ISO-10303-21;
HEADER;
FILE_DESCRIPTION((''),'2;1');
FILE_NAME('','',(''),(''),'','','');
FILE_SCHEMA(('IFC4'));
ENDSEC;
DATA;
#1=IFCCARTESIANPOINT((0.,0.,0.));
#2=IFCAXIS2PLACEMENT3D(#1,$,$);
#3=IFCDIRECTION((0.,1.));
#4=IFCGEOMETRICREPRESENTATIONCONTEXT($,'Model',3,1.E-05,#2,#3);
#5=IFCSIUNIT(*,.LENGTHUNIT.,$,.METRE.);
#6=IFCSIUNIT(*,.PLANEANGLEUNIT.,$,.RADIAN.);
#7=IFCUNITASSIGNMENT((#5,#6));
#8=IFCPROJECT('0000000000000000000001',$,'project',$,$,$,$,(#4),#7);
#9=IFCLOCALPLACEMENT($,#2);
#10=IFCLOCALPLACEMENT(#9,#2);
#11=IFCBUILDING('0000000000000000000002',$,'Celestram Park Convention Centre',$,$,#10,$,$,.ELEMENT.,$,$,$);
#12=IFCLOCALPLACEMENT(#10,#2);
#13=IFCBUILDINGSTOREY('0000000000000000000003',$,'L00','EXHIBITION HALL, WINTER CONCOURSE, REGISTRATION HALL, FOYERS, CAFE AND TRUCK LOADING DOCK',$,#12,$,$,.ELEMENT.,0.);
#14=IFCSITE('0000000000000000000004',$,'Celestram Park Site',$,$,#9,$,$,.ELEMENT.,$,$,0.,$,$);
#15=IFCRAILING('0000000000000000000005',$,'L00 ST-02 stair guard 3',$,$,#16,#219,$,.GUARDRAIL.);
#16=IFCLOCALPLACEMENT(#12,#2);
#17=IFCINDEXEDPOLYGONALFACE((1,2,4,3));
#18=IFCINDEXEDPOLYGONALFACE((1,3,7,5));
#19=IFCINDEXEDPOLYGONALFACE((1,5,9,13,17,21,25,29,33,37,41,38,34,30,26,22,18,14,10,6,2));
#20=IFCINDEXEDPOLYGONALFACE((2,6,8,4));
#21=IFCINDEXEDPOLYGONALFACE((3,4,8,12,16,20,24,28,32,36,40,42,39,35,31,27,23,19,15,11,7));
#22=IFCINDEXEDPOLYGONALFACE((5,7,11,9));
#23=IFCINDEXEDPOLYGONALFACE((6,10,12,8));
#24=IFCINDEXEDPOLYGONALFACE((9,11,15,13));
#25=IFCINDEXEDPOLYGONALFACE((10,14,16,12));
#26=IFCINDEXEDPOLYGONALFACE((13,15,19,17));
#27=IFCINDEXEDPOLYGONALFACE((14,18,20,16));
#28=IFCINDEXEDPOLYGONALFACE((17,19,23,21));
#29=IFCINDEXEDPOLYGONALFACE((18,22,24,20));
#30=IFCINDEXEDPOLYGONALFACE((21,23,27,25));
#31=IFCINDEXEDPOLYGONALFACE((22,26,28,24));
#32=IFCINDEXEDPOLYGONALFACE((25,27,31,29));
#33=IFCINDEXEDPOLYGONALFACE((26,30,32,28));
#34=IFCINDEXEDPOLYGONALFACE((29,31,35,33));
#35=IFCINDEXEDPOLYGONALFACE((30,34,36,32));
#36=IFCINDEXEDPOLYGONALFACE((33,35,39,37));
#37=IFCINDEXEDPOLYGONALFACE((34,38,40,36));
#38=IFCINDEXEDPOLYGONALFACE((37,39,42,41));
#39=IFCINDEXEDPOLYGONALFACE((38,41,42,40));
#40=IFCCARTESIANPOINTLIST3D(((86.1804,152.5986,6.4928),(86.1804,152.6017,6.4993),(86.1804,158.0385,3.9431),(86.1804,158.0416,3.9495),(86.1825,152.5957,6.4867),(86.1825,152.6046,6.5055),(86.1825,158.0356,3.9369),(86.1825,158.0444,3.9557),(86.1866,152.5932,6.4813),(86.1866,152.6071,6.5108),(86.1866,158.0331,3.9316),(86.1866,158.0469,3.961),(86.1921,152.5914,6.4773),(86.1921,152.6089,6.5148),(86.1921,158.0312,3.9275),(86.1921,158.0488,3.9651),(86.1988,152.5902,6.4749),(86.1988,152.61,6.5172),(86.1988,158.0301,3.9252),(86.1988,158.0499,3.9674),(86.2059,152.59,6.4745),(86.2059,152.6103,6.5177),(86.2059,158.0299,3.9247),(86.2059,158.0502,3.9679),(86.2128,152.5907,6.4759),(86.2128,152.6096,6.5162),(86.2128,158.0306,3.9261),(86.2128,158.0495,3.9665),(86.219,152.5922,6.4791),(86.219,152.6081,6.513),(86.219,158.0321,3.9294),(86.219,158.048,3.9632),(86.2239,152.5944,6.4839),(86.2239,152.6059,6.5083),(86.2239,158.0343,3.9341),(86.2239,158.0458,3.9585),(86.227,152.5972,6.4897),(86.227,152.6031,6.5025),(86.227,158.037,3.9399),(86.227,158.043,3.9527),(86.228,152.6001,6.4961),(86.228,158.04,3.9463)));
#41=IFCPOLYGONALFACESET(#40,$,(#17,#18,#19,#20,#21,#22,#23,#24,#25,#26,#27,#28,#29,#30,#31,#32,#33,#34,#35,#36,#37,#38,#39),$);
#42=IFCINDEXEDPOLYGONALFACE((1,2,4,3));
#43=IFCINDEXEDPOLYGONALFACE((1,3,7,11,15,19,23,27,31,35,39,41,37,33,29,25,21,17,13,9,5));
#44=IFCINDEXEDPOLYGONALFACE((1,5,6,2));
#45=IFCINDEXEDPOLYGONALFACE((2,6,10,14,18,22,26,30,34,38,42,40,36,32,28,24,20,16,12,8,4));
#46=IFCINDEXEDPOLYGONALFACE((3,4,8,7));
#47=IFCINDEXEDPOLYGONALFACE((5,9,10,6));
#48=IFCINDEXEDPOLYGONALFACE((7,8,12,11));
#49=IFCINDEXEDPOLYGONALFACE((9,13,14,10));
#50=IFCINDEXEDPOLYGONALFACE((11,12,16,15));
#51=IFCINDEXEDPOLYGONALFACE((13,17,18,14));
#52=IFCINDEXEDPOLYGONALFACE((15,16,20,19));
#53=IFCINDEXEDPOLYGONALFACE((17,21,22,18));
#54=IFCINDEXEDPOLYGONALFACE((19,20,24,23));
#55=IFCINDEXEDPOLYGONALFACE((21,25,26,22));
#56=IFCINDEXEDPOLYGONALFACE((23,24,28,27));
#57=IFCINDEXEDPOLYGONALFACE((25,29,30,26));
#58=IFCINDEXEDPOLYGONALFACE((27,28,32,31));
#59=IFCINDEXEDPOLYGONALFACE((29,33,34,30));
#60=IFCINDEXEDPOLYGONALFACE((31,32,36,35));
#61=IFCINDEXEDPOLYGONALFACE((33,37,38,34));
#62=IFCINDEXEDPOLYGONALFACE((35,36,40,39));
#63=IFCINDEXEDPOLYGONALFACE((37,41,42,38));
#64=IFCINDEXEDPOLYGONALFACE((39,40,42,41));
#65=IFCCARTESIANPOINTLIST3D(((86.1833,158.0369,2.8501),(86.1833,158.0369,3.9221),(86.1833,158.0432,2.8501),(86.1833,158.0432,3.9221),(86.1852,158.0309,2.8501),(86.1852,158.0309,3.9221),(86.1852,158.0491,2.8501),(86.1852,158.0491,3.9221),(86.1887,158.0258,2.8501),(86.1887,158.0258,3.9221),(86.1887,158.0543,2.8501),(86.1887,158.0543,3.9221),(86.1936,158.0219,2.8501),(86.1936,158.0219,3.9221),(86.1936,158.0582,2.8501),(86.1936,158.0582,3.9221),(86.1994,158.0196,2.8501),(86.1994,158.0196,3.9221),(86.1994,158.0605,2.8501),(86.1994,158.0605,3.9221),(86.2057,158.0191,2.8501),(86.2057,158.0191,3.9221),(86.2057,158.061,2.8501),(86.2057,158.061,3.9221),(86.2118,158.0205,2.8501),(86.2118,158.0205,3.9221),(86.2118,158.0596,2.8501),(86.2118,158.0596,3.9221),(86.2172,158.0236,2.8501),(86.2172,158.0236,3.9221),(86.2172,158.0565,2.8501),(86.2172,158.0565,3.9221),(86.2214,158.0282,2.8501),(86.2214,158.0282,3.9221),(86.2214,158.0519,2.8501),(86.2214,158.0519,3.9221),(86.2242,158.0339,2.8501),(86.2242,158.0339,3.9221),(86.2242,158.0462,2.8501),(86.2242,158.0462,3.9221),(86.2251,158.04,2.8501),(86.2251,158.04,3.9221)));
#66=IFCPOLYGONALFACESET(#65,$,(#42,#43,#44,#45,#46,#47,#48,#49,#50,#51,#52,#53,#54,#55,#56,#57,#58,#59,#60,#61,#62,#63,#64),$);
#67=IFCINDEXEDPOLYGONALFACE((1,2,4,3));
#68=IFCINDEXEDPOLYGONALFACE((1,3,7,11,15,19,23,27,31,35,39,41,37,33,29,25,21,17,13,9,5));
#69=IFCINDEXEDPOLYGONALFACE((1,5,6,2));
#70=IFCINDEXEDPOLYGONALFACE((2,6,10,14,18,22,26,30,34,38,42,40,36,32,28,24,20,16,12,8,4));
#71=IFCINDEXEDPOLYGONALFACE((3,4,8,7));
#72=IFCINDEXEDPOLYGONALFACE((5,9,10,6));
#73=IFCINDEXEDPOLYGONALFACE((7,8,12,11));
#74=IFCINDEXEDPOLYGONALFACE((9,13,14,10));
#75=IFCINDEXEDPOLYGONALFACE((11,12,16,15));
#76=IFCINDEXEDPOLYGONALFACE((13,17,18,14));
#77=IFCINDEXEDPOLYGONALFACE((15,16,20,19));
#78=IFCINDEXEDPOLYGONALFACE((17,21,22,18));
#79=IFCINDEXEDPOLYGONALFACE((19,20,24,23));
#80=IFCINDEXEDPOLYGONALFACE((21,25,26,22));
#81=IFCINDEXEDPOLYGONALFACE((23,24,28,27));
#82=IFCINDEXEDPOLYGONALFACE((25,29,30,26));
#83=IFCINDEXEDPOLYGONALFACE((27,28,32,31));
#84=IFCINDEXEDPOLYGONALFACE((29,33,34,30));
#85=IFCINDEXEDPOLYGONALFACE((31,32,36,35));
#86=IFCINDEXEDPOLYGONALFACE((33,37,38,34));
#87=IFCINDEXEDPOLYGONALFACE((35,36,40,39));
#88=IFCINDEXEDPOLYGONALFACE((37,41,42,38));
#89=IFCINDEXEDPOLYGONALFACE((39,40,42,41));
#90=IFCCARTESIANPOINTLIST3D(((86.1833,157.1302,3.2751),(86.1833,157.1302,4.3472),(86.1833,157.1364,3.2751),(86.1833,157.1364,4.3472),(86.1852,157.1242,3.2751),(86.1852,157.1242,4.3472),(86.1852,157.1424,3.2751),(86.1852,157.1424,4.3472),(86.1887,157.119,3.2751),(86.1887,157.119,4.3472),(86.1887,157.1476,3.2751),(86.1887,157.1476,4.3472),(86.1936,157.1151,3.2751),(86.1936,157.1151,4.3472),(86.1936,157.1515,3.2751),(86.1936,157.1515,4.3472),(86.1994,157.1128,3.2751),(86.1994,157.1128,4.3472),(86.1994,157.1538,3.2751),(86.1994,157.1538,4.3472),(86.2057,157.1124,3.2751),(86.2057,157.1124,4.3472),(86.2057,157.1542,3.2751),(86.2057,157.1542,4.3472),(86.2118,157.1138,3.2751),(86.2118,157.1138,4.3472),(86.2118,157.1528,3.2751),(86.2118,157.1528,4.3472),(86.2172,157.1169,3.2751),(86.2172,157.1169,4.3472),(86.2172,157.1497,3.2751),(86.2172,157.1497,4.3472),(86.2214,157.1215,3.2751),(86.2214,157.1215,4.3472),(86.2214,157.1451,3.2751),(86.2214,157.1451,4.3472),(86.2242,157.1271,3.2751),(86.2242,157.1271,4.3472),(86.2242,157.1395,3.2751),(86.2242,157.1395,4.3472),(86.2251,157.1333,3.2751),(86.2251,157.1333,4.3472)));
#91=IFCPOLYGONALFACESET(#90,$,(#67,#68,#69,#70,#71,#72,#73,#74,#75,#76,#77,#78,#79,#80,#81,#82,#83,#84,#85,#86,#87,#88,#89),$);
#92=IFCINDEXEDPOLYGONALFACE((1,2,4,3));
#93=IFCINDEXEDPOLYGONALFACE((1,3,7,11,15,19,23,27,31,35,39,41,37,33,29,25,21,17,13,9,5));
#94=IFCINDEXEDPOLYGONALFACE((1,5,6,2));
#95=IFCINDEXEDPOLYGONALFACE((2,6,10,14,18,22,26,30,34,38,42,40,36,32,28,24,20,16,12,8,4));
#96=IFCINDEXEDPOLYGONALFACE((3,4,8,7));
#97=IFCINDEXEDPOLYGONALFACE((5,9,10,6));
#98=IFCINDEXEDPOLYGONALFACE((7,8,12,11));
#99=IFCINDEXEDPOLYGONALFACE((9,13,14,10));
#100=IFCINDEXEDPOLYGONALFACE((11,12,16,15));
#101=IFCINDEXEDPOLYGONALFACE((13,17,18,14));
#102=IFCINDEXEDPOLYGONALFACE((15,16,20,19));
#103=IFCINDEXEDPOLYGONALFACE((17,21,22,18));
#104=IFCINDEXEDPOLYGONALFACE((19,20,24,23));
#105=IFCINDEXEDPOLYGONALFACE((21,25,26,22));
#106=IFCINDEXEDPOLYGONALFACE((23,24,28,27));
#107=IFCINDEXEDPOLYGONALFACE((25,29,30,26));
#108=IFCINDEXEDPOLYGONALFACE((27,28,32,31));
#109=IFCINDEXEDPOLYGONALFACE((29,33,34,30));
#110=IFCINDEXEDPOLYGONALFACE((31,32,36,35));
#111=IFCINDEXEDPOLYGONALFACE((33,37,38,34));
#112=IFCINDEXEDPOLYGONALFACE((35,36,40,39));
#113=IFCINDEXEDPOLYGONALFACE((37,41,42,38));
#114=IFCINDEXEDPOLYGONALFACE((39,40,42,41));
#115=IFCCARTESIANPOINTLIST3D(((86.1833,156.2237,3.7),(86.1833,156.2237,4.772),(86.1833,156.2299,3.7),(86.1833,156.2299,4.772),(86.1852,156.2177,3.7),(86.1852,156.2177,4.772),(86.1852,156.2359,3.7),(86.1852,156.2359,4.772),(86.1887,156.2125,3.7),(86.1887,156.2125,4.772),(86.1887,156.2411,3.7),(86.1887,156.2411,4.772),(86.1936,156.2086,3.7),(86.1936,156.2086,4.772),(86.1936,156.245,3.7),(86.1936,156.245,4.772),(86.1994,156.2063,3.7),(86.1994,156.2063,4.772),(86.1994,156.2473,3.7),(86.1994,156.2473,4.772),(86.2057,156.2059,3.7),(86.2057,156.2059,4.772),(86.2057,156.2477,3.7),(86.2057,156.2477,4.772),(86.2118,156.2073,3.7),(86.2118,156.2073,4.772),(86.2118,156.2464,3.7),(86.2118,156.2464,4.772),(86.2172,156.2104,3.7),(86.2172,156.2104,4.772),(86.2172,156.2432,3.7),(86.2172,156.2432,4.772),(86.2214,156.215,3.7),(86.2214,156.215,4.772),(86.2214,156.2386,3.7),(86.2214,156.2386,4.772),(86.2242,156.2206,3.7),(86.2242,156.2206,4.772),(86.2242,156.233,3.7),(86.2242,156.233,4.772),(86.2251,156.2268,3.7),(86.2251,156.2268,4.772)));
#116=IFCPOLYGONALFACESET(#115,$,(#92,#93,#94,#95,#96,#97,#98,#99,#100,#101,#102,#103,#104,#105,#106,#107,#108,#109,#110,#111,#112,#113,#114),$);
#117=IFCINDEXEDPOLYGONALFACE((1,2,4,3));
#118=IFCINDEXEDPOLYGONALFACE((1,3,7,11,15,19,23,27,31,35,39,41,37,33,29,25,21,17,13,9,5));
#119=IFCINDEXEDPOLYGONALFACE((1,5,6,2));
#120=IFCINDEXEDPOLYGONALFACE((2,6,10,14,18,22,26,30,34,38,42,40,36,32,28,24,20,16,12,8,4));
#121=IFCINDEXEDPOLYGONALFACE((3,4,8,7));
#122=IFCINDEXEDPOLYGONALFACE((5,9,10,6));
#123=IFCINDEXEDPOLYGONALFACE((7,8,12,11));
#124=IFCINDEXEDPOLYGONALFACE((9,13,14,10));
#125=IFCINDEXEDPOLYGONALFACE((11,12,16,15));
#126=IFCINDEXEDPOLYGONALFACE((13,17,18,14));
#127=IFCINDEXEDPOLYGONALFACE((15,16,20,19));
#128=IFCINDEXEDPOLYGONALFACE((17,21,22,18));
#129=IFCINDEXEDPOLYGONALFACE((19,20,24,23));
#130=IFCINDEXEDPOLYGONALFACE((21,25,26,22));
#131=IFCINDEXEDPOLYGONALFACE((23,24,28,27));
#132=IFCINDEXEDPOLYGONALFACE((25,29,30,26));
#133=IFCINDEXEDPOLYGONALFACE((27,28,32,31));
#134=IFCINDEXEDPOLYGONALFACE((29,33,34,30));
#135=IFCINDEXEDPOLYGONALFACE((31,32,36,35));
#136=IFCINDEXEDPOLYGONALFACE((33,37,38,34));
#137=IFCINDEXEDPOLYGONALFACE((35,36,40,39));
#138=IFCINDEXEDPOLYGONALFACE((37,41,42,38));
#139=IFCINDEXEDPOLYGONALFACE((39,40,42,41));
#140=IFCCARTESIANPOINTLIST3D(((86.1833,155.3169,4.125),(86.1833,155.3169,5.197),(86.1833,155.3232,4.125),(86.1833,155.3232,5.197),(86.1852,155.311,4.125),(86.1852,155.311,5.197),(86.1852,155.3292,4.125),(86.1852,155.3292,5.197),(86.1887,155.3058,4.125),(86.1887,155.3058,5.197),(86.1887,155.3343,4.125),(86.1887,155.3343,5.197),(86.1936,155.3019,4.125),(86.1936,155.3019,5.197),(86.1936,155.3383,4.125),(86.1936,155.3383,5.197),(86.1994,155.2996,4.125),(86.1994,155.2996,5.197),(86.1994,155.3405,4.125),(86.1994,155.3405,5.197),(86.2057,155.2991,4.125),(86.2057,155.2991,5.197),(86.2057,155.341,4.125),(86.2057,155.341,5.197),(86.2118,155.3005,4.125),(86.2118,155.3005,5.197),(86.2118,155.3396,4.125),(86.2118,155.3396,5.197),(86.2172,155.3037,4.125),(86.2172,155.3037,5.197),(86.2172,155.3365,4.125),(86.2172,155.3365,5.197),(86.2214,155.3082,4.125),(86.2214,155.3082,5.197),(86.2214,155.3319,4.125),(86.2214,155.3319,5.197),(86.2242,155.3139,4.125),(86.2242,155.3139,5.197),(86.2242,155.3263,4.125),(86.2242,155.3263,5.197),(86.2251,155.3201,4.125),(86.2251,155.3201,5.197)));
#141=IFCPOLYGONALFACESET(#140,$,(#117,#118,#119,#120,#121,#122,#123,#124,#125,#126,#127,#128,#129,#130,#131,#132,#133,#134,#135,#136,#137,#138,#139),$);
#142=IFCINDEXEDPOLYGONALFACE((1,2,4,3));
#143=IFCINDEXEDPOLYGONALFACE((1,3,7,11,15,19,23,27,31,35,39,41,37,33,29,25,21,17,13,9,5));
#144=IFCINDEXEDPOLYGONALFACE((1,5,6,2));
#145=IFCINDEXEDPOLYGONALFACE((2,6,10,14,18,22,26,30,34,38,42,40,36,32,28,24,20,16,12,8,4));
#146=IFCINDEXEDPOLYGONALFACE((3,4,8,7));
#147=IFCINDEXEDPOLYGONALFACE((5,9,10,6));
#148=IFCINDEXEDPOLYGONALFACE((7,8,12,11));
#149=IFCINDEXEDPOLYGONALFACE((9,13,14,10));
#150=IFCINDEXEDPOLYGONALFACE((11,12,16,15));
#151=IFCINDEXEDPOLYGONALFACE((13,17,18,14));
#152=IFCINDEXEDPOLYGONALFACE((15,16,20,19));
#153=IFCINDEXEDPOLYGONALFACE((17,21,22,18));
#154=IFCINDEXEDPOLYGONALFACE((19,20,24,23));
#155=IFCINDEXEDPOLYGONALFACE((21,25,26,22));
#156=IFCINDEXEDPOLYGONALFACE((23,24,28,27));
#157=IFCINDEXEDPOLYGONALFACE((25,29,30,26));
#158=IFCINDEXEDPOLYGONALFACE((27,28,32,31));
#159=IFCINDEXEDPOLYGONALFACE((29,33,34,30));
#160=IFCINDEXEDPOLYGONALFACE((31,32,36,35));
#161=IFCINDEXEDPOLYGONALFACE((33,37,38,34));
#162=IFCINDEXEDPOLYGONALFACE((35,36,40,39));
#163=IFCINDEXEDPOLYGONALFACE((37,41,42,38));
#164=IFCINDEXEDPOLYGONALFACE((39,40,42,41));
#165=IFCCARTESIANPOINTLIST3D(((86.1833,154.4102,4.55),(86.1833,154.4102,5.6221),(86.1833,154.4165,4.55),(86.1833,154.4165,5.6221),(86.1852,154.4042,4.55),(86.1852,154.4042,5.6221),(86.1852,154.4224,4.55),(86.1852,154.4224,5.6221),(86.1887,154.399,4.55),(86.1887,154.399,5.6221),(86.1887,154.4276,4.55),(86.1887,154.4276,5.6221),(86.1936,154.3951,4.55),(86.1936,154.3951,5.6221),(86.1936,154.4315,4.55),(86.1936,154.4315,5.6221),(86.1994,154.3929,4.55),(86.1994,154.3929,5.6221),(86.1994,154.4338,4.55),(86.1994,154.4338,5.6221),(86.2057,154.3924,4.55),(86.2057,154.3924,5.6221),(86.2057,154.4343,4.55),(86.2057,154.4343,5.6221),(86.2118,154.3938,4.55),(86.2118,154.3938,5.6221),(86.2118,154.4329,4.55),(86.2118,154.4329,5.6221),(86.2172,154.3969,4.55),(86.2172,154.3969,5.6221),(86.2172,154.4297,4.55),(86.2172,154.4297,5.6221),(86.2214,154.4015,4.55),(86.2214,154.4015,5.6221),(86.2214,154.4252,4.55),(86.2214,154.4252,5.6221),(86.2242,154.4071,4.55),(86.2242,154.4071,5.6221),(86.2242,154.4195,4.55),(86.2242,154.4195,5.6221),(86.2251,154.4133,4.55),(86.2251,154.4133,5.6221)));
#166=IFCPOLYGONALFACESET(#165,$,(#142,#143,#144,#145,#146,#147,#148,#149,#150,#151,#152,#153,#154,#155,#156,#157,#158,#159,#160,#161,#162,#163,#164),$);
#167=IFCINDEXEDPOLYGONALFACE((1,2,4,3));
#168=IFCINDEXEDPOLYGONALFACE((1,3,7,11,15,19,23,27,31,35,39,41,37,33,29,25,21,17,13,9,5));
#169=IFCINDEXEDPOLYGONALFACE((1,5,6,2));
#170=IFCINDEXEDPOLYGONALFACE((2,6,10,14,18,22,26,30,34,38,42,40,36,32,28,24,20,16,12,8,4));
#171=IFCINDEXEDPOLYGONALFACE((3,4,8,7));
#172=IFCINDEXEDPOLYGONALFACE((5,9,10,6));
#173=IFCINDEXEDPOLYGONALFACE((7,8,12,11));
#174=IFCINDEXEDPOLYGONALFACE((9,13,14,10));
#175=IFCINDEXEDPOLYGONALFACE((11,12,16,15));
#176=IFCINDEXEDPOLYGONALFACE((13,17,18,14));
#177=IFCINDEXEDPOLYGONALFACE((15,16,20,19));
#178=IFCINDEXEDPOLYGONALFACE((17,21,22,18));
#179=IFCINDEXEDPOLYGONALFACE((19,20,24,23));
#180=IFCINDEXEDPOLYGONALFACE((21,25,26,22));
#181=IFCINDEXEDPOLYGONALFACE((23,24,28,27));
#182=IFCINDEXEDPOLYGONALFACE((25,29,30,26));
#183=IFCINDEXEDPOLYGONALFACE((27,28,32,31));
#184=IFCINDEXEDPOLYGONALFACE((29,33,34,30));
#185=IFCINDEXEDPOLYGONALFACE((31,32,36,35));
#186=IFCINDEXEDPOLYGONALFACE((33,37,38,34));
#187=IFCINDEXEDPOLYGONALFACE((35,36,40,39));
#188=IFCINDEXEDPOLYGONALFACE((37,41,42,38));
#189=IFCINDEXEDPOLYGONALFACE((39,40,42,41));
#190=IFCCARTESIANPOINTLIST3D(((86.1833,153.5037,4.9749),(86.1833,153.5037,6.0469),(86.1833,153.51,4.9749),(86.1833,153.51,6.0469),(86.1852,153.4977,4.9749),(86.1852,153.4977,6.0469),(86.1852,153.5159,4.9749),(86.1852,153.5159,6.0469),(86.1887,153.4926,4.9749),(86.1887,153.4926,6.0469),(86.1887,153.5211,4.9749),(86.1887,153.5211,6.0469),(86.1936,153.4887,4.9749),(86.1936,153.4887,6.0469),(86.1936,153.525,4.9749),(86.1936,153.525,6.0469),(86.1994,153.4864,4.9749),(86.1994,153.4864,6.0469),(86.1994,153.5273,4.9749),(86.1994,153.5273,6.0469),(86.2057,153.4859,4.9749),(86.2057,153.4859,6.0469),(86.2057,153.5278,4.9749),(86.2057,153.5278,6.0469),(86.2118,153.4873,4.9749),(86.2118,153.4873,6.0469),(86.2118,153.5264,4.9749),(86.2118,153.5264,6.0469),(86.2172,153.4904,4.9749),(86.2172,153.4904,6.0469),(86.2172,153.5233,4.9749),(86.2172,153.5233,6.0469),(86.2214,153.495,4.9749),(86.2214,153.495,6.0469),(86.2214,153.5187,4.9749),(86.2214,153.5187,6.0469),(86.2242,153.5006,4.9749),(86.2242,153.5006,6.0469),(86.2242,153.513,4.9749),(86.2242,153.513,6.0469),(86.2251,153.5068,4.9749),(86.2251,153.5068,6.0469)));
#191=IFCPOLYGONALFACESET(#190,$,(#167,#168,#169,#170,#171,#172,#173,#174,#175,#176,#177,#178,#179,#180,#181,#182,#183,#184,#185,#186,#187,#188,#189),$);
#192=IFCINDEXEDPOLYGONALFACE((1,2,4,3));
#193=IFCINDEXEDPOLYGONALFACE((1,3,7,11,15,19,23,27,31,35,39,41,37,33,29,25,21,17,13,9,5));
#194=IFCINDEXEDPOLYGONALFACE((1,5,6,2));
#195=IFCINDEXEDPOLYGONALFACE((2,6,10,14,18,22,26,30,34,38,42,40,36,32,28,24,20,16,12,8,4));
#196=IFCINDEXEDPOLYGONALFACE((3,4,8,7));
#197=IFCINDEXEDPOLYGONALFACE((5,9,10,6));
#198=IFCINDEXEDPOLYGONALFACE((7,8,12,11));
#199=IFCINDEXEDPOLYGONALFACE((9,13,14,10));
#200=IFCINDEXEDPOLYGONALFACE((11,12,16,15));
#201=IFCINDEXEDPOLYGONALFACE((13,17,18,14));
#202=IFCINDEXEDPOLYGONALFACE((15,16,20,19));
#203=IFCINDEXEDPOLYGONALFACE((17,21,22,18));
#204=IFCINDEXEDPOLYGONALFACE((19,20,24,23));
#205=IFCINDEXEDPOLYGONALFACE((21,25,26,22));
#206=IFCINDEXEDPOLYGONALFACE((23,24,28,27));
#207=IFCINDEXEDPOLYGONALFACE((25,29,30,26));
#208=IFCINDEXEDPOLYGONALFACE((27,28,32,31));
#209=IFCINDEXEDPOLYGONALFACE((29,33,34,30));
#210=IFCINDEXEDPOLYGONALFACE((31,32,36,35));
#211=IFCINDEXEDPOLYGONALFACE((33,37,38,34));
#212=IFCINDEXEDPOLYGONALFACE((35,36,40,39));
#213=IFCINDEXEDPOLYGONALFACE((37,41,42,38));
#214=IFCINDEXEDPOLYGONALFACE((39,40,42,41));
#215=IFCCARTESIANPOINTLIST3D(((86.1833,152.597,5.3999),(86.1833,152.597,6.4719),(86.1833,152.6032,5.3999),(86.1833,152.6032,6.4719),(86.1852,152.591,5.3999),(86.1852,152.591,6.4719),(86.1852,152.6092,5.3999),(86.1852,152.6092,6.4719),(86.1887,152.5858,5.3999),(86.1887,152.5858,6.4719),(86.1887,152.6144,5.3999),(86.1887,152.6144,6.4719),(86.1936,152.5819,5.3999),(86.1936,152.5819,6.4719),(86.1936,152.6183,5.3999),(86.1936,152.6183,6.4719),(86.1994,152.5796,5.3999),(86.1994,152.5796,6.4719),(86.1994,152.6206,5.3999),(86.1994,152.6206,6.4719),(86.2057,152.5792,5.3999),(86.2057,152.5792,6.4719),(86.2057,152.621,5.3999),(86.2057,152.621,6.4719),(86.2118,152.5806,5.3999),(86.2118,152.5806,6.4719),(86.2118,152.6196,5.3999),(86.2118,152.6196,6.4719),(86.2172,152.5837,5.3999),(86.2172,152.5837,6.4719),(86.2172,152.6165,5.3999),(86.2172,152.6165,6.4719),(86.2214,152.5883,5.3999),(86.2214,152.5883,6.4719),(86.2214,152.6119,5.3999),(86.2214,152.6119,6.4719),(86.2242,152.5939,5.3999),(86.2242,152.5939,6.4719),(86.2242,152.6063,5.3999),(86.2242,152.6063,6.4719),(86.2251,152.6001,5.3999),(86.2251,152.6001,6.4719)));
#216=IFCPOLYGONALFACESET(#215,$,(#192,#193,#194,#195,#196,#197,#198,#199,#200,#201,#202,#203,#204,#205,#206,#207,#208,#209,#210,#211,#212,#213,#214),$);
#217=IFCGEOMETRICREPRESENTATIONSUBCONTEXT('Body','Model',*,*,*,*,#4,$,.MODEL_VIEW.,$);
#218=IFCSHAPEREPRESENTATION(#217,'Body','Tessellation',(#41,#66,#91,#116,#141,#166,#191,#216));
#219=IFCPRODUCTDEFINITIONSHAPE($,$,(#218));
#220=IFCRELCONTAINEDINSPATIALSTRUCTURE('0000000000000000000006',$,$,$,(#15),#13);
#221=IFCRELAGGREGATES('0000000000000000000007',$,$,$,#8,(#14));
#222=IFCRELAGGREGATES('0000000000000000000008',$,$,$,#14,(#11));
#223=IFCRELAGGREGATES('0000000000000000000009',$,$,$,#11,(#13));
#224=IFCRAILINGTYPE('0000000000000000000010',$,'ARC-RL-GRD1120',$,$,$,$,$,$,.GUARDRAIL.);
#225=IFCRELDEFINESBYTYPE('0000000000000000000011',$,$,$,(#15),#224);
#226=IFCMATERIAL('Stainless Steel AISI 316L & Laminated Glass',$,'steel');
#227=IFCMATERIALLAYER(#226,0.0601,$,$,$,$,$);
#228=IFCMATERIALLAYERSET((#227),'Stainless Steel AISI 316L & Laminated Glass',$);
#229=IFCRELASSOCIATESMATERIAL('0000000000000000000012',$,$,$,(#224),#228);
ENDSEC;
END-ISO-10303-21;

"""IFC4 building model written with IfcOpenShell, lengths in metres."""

from ifc_helpers import new_model, si_unit, direction, frame, origin, origin_2d, place, context, subcontext, project, spatial, circle, extrude, material, layer, layer_set, type_object, element, save


model = new_model("IFC4")

# Units and contexts
model_context = context("Model", 3, precision=1e-05, world=origin(), true_north=direction((0.0, 1.0)))
body_context = subcontext(model_context, "Body", "Model", "MODEL_VIEW")
ifc_project = project(units=[si_unit("LENGTHUNIT", "METRE"), si_unit("PLANEANGLEUNIT", "RADIAN")], contexts=[model_context])

# Site, building, storey
site_placement = place(None, origin())
site = spatial("IfcSite", under=ifc_project, at=site_placement, Name="Celestram Park Site", CompositionType="ELEMENT", RefElevation=0.0)
building_placement = place(site_placement, origin())
building = spatial("IfcBuilding", under=site, at=building_placement, Name="Celestram Park Convention Centre", CompositionType="ELEMENT")
storey_placement = place(building_placement, origin())
storey = spatial("IfcBuildingStorey", under=building, at=storey_placement, Name="L00", Description="EXHIBITION HALL, WINTER CONCOURSE, REGISTRATION HALL, FOYERS, CAFE AND TRUCK LOADING DOCK", CompositionType="ELEMENT", Elevation=0.0)

# Railing
ifc_material_1 = material(Name="Stainless Steel AISI 316L & Laminated Glass", Category="steel")
ifc_layer_1 = layer(ifc_material_1, 0.0601)
ifc_layer_set_1 = layer_set([ifc_layer_1], Name="Stainless Steel AISI 316L & Laminated Glass")
railing_type_1 = type_object("IfcRailingType", Name="ARC-RL-GRD1120", PredefinedType="GUARDRAIL", material=ifc_layer_set_1)
railing_1_placement = place(storey_placement, frame((86.2041, 158.04, 2.8501)))
element("IfcRailing", 1, at=railing_1_placement, inside=storey, type_object=railing_type_1, Name="L00 ST-02 stair guard 3", PredefinedType="GUARDRAIL", context=body_context, shape_type="SweptSolid", body=[
    extrude(circle(Radius=0.0239, at=origin_2d()), frame((0.0, 0.0, 1.0962), z_axis=(0.0, -0.90547, 0.424411), x_axis=(1.0, 0.0, 0.0)), (0.0, 0.0, 1.0), 6.0078),
    extrude(circle(Radius=0.021, at=origin_2d()), origin(), (0.0, 0.0, 1.0), 1.072),
    extrude(circle(Radius=0.021, at=origin_2d()), frame((0.0, -0.9067, 0.425)), (0.0, 0.0, 1.0), 1.072),
    extrude(circle(Radius=0.021, at=origin_2d()), frame((0.0, -1.8132, 0.8499)), (0.0, 0.0, 1.0), 1.072),
    extrude(circle(Radius=0.021, at=origin_2d()), frame((0.0, -2.72, 1.2749)), (0.0, 0.0, 1.0), 1.072),
    extrude(circle(Radius=0.021, at=origin_2d()), frame((0.0, -3.6267, 1.7)), (0.0, 0.0, 1.0), 1.072),
    extrude(circle(Radius=0.021, at=origin_2d()), frame((0.0, -4.5332, 2.1248)), (0.0, 0.0, 1.0), 1.072),
    extrude(circle(Radius=0.021, at=origin_2d()), frame((0.0, -5.4399, 2.5498)), (0.0, 0.0, 1.0), 1.072),
])

save(model, "model.ifc")
